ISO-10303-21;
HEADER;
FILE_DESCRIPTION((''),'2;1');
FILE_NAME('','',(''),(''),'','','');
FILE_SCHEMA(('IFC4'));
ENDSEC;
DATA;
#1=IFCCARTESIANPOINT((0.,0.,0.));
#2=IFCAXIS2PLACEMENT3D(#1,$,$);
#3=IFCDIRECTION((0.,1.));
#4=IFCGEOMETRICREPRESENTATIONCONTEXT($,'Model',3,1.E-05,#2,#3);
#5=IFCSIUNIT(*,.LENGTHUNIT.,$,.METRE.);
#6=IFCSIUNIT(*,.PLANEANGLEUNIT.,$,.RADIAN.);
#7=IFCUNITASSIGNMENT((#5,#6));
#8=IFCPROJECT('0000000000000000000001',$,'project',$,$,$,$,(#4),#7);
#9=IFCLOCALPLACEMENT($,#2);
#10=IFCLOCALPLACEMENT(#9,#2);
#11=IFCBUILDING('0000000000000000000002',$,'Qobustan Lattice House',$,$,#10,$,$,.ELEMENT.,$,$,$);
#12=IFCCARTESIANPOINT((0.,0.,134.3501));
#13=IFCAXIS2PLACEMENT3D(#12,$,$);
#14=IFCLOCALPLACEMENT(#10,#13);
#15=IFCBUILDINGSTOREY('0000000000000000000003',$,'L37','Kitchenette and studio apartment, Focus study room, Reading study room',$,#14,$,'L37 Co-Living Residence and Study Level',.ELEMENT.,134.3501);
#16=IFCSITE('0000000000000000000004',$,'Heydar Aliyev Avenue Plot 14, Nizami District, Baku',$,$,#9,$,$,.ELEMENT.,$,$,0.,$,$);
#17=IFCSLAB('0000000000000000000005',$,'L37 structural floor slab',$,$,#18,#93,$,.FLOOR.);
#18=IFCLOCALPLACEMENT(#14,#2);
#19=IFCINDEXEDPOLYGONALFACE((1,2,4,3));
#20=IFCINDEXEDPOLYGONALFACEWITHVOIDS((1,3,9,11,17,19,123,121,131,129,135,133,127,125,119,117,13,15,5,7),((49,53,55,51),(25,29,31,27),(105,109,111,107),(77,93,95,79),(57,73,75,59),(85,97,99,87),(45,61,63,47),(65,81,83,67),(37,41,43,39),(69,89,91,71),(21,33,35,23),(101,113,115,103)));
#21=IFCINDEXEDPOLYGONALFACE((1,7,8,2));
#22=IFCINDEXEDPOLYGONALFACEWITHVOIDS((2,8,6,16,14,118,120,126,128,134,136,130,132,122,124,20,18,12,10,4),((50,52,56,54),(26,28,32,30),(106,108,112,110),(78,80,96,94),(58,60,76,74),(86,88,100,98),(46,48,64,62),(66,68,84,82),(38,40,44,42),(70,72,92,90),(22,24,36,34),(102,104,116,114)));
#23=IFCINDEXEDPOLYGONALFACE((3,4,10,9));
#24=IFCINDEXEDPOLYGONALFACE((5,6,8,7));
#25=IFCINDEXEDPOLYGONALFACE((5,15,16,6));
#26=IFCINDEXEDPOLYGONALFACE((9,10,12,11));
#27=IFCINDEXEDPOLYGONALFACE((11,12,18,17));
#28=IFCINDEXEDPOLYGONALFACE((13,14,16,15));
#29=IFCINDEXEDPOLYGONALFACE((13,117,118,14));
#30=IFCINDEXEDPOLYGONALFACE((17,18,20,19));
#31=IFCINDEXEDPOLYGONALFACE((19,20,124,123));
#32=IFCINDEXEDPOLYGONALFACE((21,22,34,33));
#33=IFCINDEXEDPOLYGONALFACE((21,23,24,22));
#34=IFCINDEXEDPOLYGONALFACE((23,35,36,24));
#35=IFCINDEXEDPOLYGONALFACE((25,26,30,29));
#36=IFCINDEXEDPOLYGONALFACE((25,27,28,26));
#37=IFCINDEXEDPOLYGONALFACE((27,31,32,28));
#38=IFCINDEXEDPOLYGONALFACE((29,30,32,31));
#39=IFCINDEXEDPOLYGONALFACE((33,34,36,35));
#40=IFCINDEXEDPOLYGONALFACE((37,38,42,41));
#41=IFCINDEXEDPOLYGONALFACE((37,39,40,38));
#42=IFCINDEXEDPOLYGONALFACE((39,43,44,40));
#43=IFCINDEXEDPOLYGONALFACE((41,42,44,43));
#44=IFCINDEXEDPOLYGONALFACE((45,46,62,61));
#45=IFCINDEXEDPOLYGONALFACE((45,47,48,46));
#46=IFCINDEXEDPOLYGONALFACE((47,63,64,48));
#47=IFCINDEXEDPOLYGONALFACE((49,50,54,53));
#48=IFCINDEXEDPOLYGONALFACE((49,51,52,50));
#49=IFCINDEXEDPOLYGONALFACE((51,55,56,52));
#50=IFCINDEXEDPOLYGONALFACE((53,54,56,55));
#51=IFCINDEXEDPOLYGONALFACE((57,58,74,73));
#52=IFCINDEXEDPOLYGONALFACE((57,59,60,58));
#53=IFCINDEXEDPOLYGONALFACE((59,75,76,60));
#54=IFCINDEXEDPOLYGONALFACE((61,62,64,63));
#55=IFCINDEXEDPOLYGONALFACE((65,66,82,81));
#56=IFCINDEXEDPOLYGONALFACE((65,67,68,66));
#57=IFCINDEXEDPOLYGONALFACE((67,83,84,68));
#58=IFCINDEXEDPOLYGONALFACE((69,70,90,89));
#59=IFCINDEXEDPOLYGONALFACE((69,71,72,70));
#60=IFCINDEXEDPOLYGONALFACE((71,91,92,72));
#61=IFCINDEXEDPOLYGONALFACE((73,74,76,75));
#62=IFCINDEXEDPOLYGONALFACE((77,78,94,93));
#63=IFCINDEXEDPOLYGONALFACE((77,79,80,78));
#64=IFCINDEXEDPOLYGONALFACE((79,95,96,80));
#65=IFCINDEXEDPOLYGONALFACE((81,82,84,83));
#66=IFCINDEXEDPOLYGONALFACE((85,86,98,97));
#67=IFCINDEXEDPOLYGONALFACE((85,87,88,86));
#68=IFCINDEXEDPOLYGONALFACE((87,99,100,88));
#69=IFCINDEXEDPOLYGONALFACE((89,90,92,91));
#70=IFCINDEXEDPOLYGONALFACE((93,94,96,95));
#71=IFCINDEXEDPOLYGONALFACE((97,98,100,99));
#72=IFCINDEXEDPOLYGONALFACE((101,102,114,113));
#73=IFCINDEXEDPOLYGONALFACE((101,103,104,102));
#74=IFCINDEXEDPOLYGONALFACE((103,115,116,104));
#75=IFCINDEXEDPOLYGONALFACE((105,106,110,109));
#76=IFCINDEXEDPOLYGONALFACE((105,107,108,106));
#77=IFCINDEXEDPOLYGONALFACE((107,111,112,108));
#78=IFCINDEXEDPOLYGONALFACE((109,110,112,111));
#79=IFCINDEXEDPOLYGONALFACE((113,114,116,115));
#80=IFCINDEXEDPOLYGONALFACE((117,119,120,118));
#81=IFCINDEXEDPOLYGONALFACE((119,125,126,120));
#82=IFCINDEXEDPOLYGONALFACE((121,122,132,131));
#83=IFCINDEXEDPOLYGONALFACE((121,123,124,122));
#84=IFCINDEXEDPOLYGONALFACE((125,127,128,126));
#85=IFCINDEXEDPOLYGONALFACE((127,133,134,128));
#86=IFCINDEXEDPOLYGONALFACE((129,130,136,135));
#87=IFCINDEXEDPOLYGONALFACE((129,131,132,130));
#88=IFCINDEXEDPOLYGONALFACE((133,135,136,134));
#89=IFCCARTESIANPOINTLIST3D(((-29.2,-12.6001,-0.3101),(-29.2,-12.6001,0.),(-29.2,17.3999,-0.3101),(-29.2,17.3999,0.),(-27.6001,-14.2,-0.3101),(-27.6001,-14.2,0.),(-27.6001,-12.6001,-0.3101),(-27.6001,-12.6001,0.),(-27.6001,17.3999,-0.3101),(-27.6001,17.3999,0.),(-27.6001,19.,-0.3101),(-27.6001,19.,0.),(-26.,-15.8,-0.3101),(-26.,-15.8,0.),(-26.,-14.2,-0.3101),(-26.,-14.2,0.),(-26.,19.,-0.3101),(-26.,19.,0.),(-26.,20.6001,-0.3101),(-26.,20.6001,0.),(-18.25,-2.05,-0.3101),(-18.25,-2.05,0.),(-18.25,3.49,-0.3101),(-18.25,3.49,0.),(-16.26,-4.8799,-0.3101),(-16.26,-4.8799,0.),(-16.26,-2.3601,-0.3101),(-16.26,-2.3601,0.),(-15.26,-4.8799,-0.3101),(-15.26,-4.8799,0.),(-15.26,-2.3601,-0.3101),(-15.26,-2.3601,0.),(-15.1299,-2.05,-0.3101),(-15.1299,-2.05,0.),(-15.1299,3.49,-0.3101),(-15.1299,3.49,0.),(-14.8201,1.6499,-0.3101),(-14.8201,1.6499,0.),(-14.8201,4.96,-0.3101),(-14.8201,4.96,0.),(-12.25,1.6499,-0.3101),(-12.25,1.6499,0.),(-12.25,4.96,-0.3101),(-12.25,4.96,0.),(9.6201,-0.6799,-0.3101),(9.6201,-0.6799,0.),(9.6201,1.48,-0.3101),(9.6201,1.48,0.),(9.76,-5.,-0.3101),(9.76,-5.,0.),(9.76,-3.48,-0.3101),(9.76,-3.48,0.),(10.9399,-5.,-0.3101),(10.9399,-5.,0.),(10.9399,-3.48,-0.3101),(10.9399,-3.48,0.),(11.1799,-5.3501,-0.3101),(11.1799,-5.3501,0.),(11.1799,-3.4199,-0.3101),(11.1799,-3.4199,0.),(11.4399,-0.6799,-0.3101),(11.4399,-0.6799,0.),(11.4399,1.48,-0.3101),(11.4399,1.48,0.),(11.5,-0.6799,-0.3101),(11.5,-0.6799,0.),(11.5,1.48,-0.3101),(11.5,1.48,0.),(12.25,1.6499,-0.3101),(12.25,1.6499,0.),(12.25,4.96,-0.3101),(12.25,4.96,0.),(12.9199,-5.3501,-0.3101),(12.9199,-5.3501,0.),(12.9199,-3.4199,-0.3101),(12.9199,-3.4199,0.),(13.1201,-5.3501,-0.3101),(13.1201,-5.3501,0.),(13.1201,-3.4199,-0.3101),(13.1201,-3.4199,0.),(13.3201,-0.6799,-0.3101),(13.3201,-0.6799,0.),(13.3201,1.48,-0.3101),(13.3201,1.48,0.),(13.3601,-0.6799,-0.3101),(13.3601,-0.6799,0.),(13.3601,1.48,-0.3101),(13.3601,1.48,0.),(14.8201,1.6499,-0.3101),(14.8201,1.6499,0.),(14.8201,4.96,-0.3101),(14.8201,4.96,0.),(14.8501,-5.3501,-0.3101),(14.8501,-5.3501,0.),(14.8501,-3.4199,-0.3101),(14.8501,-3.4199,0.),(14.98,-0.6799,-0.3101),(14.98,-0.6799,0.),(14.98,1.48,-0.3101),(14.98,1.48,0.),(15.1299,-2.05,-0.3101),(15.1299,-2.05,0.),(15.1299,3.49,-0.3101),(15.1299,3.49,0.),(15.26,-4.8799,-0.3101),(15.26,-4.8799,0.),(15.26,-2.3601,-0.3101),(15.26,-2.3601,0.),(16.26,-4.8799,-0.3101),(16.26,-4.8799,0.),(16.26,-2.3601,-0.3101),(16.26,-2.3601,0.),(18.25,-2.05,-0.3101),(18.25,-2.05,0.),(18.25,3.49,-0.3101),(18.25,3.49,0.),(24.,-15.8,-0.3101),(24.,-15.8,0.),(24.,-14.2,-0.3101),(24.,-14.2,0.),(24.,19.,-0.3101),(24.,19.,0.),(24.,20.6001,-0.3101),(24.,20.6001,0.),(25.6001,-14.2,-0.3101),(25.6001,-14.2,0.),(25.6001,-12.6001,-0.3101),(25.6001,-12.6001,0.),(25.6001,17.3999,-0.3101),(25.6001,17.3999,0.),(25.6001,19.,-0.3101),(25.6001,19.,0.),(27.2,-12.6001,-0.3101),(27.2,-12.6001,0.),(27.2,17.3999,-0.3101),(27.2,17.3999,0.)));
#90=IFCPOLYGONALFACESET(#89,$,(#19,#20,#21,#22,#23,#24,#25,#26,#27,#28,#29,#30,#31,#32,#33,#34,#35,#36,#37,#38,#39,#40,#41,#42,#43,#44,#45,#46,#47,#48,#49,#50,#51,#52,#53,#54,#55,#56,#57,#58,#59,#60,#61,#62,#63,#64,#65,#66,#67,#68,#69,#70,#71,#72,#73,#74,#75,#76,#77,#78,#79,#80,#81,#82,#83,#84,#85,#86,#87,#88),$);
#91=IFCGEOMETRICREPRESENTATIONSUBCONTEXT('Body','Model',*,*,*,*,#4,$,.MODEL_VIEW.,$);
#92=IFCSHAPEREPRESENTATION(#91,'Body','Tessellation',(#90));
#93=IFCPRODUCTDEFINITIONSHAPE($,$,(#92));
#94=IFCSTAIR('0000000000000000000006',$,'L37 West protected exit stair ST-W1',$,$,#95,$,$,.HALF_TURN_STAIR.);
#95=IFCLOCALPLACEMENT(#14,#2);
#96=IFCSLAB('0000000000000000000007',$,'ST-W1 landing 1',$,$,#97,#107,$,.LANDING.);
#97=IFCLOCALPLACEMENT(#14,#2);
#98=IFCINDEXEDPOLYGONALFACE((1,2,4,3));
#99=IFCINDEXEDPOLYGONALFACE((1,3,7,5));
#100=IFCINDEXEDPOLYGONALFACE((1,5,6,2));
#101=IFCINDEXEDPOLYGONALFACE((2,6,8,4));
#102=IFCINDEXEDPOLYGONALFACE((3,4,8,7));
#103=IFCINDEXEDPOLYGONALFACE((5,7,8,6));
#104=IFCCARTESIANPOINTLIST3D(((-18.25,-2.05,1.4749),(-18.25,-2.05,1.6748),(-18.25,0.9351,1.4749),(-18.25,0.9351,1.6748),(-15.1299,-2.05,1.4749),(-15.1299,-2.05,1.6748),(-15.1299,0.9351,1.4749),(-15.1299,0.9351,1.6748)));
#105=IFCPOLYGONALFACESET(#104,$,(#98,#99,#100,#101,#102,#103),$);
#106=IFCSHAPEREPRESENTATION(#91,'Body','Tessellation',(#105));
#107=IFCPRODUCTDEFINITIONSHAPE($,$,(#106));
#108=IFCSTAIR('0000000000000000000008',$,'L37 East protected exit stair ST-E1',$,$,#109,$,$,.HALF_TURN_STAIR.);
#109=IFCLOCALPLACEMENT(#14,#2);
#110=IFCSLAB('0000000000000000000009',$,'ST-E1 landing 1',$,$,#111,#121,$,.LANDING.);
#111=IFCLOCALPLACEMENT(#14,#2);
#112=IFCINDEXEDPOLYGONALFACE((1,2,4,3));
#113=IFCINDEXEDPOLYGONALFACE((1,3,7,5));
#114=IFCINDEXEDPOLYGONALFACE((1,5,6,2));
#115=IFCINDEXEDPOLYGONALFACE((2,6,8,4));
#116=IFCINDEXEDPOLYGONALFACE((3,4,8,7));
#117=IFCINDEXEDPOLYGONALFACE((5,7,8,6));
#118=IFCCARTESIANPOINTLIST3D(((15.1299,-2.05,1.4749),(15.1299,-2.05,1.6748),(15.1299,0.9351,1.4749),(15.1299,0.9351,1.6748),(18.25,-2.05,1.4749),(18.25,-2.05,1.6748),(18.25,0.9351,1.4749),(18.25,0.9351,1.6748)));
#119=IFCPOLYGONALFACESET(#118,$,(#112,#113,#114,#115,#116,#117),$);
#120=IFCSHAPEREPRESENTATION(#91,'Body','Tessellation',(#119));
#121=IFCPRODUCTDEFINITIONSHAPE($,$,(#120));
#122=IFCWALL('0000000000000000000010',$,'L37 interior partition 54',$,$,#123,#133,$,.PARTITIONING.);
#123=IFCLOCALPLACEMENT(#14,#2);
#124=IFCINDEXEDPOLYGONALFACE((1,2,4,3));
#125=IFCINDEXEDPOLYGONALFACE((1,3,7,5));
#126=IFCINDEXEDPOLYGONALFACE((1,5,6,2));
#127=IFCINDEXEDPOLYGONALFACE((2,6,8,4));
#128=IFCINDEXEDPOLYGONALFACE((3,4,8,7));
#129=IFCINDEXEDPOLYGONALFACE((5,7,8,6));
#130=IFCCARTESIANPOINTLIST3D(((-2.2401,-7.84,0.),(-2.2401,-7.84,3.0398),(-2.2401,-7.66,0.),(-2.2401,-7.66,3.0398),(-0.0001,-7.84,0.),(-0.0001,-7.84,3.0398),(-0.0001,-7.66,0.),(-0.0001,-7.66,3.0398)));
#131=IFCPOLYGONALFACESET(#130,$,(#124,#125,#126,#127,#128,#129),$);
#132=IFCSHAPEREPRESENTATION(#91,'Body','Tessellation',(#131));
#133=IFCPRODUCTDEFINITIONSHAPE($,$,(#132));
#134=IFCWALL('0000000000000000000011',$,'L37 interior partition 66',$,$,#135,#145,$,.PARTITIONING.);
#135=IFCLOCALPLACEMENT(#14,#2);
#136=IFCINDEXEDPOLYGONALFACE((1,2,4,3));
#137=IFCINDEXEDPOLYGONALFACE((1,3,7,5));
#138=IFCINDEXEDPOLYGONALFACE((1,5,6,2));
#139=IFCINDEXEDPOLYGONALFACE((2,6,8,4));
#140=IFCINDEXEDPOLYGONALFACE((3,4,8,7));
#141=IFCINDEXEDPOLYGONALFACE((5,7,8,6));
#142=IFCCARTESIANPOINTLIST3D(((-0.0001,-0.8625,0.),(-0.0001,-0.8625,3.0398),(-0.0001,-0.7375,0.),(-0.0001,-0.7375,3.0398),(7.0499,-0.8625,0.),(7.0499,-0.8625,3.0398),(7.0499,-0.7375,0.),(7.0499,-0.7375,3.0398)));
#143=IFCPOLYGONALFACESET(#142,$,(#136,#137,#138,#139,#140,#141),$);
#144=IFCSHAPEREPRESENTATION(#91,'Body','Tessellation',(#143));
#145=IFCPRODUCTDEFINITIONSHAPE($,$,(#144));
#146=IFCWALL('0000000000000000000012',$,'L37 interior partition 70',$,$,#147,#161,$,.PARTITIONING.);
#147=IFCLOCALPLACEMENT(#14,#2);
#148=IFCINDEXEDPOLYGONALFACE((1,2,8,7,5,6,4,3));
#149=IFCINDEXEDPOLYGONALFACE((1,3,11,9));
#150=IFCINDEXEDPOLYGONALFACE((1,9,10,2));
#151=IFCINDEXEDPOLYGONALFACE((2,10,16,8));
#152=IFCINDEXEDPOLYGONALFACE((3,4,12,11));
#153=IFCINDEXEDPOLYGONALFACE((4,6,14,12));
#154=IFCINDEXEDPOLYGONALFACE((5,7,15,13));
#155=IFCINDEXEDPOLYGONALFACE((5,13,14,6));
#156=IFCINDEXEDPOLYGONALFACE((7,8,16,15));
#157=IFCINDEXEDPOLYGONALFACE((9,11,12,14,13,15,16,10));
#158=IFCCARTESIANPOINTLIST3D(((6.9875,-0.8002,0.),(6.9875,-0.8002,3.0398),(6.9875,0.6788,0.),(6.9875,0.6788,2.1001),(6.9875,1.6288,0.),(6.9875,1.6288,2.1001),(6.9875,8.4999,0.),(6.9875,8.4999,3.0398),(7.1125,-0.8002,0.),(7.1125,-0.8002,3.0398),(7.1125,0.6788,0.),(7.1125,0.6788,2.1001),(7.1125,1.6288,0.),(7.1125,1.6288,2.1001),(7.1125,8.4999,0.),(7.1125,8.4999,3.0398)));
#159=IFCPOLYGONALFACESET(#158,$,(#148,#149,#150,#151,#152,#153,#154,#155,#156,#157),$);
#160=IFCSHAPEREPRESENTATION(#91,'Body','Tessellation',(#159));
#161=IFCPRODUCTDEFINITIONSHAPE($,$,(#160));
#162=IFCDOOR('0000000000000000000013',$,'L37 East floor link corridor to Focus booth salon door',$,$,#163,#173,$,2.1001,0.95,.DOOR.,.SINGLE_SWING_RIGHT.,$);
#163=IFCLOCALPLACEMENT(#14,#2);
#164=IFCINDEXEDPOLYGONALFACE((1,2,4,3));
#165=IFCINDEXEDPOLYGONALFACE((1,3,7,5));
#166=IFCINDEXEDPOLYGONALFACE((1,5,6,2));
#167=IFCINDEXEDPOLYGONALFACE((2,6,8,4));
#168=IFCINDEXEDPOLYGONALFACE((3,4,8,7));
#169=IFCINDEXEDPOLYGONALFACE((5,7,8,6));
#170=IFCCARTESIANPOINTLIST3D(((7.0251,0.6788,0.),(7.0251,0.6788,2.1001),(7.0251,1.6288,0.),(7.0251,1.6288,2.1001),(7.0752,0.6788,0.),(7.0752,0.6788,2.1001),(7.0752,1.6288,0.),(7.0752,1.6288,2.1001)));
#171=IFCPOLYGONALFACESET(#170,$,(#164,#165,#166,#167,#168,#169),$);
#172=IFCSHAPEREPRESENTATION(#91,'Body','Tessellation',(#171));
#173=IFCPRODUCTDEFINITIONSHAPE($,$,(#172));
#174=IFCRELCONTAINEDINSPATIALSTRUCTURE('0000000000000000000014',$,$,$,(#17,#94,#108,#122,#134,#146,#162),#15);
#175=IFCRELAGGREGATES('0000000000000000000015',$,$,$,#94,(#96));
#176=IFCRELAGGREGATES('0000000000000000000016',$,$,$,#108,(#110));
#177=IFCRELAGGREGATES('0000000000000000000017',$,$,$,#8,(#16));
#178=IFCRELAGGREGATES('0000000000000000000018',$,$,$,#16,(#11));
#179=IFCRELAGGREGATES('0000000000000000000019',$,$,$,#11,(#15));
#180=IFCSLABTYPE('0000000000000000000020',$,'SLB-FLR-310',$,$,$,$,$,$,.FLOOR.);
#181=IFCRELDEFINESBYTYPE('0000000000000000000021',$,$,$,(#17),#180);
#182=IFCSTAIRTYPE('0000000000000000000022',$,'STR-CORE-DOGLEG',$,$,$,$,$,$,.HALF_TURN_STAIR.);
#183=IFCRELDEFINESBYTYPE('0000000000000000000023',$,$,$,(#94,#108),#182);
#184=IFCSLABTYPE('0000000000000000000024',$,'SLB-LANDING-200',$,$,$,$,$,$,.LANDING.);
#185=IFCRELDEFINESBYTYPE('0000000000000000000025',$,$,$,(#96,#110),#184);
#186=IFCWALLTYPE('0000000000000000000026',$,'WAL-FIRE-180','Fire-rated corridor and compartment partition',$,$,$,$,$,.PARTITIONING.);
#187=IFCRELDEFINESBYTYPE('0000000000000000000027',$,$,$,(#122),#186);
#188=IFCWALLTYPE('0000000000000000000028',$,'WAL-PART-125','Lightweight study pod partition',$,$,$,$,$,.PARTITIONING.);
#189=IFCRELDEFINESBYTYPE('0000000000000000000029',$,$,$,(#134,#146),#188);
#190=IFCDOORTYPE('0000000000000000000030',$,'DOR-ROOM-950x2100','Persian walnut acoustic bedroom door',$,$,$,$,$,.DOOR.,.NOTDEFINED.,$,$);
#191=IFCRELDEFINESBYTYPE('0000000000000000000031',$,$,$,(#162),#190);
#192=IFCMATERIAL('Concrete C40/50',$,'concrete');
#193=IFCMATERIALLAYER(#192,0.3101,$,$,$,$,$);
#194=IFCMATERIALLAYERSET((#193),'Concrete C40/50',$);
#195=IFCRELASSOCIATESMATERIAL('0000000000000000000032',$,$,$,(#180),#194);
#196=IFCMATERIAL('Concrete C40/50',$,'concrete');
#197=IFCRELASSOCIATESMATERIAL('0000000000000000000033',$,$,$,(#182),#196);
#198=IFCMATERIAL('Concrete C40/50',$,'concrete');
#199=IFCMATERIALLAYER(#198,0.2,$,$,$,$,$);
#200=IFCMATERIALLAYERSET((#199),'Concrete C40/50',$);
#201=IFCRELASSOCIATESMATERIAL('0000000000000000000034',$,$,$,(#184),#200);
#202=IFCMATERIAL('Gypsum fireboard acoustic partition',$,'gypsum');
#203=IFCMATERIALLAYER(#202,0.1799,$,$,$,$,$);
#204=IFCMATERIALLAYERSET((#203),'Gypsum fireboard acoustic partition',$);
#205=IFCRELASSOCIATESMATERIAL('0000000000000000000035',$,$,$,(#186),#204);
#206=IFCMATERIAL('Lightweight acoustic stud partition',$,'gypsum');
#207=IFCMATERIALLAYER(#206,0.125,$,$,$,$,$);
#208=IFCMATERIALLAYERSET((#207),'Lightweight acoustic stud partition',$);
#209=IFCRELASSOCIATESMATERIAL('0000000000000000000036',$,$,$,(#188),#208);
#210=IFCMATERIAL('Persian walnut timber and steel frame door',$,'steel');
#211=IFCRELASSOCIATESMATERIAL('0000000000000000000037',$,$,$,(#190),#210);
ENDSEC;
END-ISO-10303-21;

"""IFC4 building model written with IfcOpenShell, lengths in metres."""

from ifc_helpers import new_model, si_unit, direction, frame, frame_2d, origin, place, context, subcontext, project, spatial, polyline, rectangle, outline, extrude, material, layer, layer_set, type_object, element, fill, aggregate, save


model = new_model("IFC4")

# Units and contexts
model_context = context("Model", 3, precision=1e-05, world=origin(), true_north=direction((0.0, 1.0)))
body_context = subcontext(model_context, "Body", "Model", "MODEL_VIEW")
ifc_project = project(units=[si_unit("LENGTHUNIT", "METRE"), si_unit("PLANEANGLEUNIT", "RADIAN")], contexts=[model_context])

# Site, building, storey
site_placement = place(None, origin())
site = spatial("IfcSite", under=ifc_project, at=site_placement, Name="Heydar Aliyev Avenue Plot 14, Nizami District, Baku", CompositionType="ELEMENT", RefElevation=0.0)
building_placement = place(site_placement, origin())
building = spatial("IfcBuilding", under=site, at=building_placement, Name="Qobustan Lattice House", CompositionType="ELEMENT")
storey_placement = place(building_placement, frame((0.0, 0.0, 134.3501)))
storey = spatial("IfcBuildingStorey", under=building, at=storey_placement, Name="L37", Description="Kitchenette and studio apartment, Focus study room, Reading study room", LongName="L37 Co-Living Residence and Study Level", CompositionType="ELEMENT", Elevation=134.3501)

# Slab
ifc_material_1 = material(Name="Concrete C40/50", Category="concrete")
ifc_layer_1 = layer(ifc_material_1, 0.3101)
ifc_layer_set_1 = layer_set([ifc_layer_1], Name="Concrete C40/50")
slab_type_1 = type_object("IfcSlabType", Name="SLB-FLR-310", PredefinedType="FLOOR", material=ifc_layer_set_1)
slab_1_placement = place(storey_placement, frame((0.0, 0.0, -0.3101)))
element("IfcSlab", 1, at=slab_1_placement, inside=storey, type_object=slab_type_1, Name="L37 structural floor slab", PredefinedType="FLOOR", context=body_context, shape_type="SweptSolid", body=[
    extrude(outline(polyline([(-26.0, -15.8), (24.0, -15.8), (24.0, -14.2), (25.6001, -14.2), (25.6001, -12.6001), (27.2, -12.6001), (27.2, 17.3999), (25.6001, 17.3999), (25.6001, 19.0), (24.0, 19.0), (24.0, 20.6001), (-26.0, 20.6001), (-26.0, 19.0), (-27.6001, 19.0), (-27.6001, 17.3999), (-29.2, 17.3999), (-29.2, -12.6001), (-27.6001, -12.6001), (-27.6001, -14.2), (-26.0, -14.2), (-26.0, -15.8)]), holes=[polyline([(-18.25, -2.05), (-18.25, 3.49), (-15.1299, 3.49), (-15.1299, -2.05), (-18.25, -2.05)]), polyline([(15.1299, -2.05), (15.1299, 3.49), (18.25, 3.49), (18.25, -2.05), (15.1299, -2.05)]), polyline([(-14.8201, 1.6499), (-14.8201, 4.96), (-12.25, 4.96), (-12.25, 1.6499), (-14.8201, 1.6499)]), polyline([(12.25, 1.6499), (12.25, 4.96), (14.8201, 4.96), (14.8201, 1.6499), (12.25, 1.6499)]), polyline([(-16.26, -4.8799), (-16.26, -2.3601), (-15.26, -2.3601), (-15.26, -4.8799), (-16.26, -4.8799)]), polyline([(15.26, -4.8799), (15.26, -2.3601), (16.26, -2.3601), (16.26, -4.8799), (15.26, -4.8799)]), polyline([(11.1799, -5.3501), (11.1799, -3.4199), (12.9199, -3.4199), (12.9199, -5.3501), (11.1799, -5.3501)]), polyline([(13.1201, -5.3501), (13.1201, -3.4199), (14.8501, -3.4199), (14.8501, -5.3501), (13.1201, -5.3501)]), polyline([(9.76, -5.0), (9.76, -3.48), (10.9399, -3.48), (10.9399, -5.0), (9.76, -5.0)]), polyline([(13.3601, -0.6799), (13.3601, 1.48), (14.98, 1.48), (14.98, -0.6799), (13.3601, -0.6799)]), polyline([(9.6201, -0.6799), (9.6201, 1.48), (11.4399, 1.48), (11.4399, -0.6799), (9.6201, -0.6799)]), polyline([(11.5, -0.6799), (11.5, 1.48), (13.3201, 1.48), (13.3201, -0.6799), (11.5, -0.6799)])]), origin(), (0.0, 0.0, 1.0), 0.3101),
])

# Stairs, slabs
ifc_material_2 = material(Name="Concrete C40/50", Category="concrete")
stair_type = type_object("IfcStairType", Name="STR-CORE-DOGLEG", PredefinedType="HALF_TURN_STAIR", material=ifc_material_2)
stair_1_placement = place(storey_placement, origin())
stair_1 = element("IfcStair", 2, at=stair_1_placement, inside=storey, type_object=stair_type, Name="L37 West protected exit stair ST-W1", PredefinedType="HALF_TURN_STAIR")
ifc_material_3 = material(Name="Concrete C40/50", Category="concrete")
ifc_layer_2 = layer(ifc_material_3, 0.2)
ifc_layer_set_2 = layer_set([ifc_layer_2], Name="Concrete C40/50")
slab_type_2 = type_object("IfcSlabType", Name="SLB-LANDING-200", PredefinedType="LANDING", material=ifc_layer_set_2)
slab_2_placement = place(storey_placement, frame((0.0, 0.0, 1.4749)))
slab_2 = element("IfcSlab", 3, at=slab_2_placement, type_object=slab_type_2, Name="ST-W1 landing 1", PredefinedType="LANDING", context=body_context, shape_type="SweptSolid", body=[
    extrude(outline(polyline([(-18.25, 0.9351), (-18.25, -2.05), (-15.1299, -2.05), (-15.1299, 0.9351), (-18.25, 0.9351)])), origin(), (0.0, 0.0, 1.0), 0.2),
])
aggregate(stair_1, [slab_2])
stair_2_placement = place(storey_placement, origin())
stair_2 = element("IfcStair", 4, at=stair_2_placement, inside=storey, type_object=stair_type, Name="L37 East protected exit stair ST-E1", PredefinedType="HALF_TURN_STAIR")
slab_3_placement = place(storey_placement, frame((0.0, 0.0, 1.4749)))
slab_3 = element("IfcSlab", 5, at=slab_3_placement, type_object=slab_type_2, Name="ST-E1 landing 1", PredefinedType="LANDING", context=body_context, shape_type="SweptSolid", body=[
    extrude(outline(polyline([(15.1299, 0.9351), (15.1299, -2.05), (18.25, -2.05), (18.25, 0.9351), (15.1299, 0.9351)])), origin(), (0.0, 0.0, 1.0), 0.2),
])
aggregate(stair_2, [slab_3])

# Wall
ifc_material_4 = material(Name="Gypsum fireboard acoustic partition", Category="gypsum")
ifc_layer_3 = layer(ifc_material_4, 0.1799)
ifc_layer_set_3 = layer_set([ifc_layer_3], Name="Gypsum fireboard acoustic partition")
wall_type_1 = type_object("IfcWallType", Name="WAL-FIRE-180", Description="Fire-rated corridor and compartment partition", PredefinedType="PARTITIONING", material=ifc_layer_set_3)
wall_1_placement = place(storey_placement, frame((0.0, -7.75, 0.0), z_axis=(0.0, 0.0, 1.0), x_axis=(-1.0, 0.0, 0.0)))
element("IfcWall", 6, at=wall_1_placement, inside=storey, type_object=wall_type_1, Name="L37 interior partition 54", PredefinedType="PARTITIONING", context=body_context, shape_type="SweptSolid", body=[
    extrude(rectangle(XDim=2.24, YDim=0.1799, at=frame_2d((1.1201, 0.0))), origin(), (0.0, 0.0, 1.0), 3.0398),
])

# Wall
ifc_material_5 = material(Name="Lightweight acoustic stud partition", Category="gypsum")
ifc_layer_4 = layer(ifc_material_5, 0.125)
ifc_layer_set_4 = layer_set([ifc_layer_4], Name="Lightweight acoustic stud partition")
wall_type_2 = type_object("IfcWallType", Name="WAL-PART-125", Description="Lightweight study pod partition", PredefinedType="PARTITIONING", material=ifc_layer_set_4)
wall_2_placement = place(storey_placement, frame((0.0, -0.8, 0.0), z_axis=(0.0, 0.0, 1.0), x_axis=(1.0, 0.0, 0.0)))
element("IfcWall", 7, at=wall_2_placement, inside=storey, type_object=wall_type_2, Name="L37 interior partition 66", PredefinedType="PARTITIONING", context=body_context, shape_type="SweptSolid", body=[
    extrude(rectangle(XDim=7.05, YDim=0.125, at=frame_2d((3.5249, 0.0))), origin(), (0.0, 0.0, 1.0), 3.0398),
])

# Wall, opening, door
wall_3_placement = place(storey_placement, frame((7.05, -0.8, 0.0), z_axis=(0.0, 0.0, 1.0), x_axis=(0.0, 1.0, 0.0)))
wall_3 = element("IfcWall", 8, at=wall_3_placement, inside=storey, type_object=wall_type_2, Name="L37 interior partition 70", PredefinedType="PARTITIONING", context=body_context, shape_type="SweptSolid", body=[
    extrude(rectangle(XDim=9.3, YDim=0.125, at=frame_2d((4.6499, 0.0))), origin(), (0.0, 0.0, 1.0), 3.0398),
])
opening_1_placement = place(wall_3_placement, frame((1.4788, 0.0, 0.0)))
opening_1 = element("IfcOpeningElement", 9, at=opening_1_placement, cuts=wall_3, PredefinedType="OPENING", context=body_context, shape_type="SweptSolid", body=[
    extrude(rectangle(XDim=0.95, YDim=2.1001, at=frame_2d((0.4751, 1.05))), frame((0.0, 0.0725, 0.0), z_axis=(0.0, -1.0, 0.0), x_axis=(1.0, 0.0, 0.0)), (0.0, 0.0, 1.0), 0.145),
])
ifc_material_6 = material(Name="Persian walnut timber and steel frame door", Category="steel")
door_type_1 = type_object("IfcDoorType", Name="DOR-ROOM-950x2100", Description="Persian walnut acoustic bedroom door", OperationType="NOTDEFINED", PredefinedType="DOOR", material=ifc_material_6)
door_1_placement = place(opening_1_placement, origin())
door_1 = element("IfcDoor", 10, at=door_1_placement, inside=storey, type_object=door_type_1, Name="L37 East floor link corridor to Focus booth salon door", OperationType="SINGLE_SWING_RIGHT", OverallHeight=2.1001, OverallWidth=0.95, PredefinedType="DOOR", context=body_context, shape_type="SweptSolid", body=[
    extrude(rectangle(XDim=0.95, YDim=2.1001, at=frame_2d((0.4751, 1.05))), frame((0.0, 0.0249, 0.0), z_axis=(0.0, -1.0, 0.0), x_axis=(1.0, 0.0, 0.0)), (0.0, 0.0, 1.0), 0.05),
])
fill(opening_1, door_1)

save(model, "model.ifc")
